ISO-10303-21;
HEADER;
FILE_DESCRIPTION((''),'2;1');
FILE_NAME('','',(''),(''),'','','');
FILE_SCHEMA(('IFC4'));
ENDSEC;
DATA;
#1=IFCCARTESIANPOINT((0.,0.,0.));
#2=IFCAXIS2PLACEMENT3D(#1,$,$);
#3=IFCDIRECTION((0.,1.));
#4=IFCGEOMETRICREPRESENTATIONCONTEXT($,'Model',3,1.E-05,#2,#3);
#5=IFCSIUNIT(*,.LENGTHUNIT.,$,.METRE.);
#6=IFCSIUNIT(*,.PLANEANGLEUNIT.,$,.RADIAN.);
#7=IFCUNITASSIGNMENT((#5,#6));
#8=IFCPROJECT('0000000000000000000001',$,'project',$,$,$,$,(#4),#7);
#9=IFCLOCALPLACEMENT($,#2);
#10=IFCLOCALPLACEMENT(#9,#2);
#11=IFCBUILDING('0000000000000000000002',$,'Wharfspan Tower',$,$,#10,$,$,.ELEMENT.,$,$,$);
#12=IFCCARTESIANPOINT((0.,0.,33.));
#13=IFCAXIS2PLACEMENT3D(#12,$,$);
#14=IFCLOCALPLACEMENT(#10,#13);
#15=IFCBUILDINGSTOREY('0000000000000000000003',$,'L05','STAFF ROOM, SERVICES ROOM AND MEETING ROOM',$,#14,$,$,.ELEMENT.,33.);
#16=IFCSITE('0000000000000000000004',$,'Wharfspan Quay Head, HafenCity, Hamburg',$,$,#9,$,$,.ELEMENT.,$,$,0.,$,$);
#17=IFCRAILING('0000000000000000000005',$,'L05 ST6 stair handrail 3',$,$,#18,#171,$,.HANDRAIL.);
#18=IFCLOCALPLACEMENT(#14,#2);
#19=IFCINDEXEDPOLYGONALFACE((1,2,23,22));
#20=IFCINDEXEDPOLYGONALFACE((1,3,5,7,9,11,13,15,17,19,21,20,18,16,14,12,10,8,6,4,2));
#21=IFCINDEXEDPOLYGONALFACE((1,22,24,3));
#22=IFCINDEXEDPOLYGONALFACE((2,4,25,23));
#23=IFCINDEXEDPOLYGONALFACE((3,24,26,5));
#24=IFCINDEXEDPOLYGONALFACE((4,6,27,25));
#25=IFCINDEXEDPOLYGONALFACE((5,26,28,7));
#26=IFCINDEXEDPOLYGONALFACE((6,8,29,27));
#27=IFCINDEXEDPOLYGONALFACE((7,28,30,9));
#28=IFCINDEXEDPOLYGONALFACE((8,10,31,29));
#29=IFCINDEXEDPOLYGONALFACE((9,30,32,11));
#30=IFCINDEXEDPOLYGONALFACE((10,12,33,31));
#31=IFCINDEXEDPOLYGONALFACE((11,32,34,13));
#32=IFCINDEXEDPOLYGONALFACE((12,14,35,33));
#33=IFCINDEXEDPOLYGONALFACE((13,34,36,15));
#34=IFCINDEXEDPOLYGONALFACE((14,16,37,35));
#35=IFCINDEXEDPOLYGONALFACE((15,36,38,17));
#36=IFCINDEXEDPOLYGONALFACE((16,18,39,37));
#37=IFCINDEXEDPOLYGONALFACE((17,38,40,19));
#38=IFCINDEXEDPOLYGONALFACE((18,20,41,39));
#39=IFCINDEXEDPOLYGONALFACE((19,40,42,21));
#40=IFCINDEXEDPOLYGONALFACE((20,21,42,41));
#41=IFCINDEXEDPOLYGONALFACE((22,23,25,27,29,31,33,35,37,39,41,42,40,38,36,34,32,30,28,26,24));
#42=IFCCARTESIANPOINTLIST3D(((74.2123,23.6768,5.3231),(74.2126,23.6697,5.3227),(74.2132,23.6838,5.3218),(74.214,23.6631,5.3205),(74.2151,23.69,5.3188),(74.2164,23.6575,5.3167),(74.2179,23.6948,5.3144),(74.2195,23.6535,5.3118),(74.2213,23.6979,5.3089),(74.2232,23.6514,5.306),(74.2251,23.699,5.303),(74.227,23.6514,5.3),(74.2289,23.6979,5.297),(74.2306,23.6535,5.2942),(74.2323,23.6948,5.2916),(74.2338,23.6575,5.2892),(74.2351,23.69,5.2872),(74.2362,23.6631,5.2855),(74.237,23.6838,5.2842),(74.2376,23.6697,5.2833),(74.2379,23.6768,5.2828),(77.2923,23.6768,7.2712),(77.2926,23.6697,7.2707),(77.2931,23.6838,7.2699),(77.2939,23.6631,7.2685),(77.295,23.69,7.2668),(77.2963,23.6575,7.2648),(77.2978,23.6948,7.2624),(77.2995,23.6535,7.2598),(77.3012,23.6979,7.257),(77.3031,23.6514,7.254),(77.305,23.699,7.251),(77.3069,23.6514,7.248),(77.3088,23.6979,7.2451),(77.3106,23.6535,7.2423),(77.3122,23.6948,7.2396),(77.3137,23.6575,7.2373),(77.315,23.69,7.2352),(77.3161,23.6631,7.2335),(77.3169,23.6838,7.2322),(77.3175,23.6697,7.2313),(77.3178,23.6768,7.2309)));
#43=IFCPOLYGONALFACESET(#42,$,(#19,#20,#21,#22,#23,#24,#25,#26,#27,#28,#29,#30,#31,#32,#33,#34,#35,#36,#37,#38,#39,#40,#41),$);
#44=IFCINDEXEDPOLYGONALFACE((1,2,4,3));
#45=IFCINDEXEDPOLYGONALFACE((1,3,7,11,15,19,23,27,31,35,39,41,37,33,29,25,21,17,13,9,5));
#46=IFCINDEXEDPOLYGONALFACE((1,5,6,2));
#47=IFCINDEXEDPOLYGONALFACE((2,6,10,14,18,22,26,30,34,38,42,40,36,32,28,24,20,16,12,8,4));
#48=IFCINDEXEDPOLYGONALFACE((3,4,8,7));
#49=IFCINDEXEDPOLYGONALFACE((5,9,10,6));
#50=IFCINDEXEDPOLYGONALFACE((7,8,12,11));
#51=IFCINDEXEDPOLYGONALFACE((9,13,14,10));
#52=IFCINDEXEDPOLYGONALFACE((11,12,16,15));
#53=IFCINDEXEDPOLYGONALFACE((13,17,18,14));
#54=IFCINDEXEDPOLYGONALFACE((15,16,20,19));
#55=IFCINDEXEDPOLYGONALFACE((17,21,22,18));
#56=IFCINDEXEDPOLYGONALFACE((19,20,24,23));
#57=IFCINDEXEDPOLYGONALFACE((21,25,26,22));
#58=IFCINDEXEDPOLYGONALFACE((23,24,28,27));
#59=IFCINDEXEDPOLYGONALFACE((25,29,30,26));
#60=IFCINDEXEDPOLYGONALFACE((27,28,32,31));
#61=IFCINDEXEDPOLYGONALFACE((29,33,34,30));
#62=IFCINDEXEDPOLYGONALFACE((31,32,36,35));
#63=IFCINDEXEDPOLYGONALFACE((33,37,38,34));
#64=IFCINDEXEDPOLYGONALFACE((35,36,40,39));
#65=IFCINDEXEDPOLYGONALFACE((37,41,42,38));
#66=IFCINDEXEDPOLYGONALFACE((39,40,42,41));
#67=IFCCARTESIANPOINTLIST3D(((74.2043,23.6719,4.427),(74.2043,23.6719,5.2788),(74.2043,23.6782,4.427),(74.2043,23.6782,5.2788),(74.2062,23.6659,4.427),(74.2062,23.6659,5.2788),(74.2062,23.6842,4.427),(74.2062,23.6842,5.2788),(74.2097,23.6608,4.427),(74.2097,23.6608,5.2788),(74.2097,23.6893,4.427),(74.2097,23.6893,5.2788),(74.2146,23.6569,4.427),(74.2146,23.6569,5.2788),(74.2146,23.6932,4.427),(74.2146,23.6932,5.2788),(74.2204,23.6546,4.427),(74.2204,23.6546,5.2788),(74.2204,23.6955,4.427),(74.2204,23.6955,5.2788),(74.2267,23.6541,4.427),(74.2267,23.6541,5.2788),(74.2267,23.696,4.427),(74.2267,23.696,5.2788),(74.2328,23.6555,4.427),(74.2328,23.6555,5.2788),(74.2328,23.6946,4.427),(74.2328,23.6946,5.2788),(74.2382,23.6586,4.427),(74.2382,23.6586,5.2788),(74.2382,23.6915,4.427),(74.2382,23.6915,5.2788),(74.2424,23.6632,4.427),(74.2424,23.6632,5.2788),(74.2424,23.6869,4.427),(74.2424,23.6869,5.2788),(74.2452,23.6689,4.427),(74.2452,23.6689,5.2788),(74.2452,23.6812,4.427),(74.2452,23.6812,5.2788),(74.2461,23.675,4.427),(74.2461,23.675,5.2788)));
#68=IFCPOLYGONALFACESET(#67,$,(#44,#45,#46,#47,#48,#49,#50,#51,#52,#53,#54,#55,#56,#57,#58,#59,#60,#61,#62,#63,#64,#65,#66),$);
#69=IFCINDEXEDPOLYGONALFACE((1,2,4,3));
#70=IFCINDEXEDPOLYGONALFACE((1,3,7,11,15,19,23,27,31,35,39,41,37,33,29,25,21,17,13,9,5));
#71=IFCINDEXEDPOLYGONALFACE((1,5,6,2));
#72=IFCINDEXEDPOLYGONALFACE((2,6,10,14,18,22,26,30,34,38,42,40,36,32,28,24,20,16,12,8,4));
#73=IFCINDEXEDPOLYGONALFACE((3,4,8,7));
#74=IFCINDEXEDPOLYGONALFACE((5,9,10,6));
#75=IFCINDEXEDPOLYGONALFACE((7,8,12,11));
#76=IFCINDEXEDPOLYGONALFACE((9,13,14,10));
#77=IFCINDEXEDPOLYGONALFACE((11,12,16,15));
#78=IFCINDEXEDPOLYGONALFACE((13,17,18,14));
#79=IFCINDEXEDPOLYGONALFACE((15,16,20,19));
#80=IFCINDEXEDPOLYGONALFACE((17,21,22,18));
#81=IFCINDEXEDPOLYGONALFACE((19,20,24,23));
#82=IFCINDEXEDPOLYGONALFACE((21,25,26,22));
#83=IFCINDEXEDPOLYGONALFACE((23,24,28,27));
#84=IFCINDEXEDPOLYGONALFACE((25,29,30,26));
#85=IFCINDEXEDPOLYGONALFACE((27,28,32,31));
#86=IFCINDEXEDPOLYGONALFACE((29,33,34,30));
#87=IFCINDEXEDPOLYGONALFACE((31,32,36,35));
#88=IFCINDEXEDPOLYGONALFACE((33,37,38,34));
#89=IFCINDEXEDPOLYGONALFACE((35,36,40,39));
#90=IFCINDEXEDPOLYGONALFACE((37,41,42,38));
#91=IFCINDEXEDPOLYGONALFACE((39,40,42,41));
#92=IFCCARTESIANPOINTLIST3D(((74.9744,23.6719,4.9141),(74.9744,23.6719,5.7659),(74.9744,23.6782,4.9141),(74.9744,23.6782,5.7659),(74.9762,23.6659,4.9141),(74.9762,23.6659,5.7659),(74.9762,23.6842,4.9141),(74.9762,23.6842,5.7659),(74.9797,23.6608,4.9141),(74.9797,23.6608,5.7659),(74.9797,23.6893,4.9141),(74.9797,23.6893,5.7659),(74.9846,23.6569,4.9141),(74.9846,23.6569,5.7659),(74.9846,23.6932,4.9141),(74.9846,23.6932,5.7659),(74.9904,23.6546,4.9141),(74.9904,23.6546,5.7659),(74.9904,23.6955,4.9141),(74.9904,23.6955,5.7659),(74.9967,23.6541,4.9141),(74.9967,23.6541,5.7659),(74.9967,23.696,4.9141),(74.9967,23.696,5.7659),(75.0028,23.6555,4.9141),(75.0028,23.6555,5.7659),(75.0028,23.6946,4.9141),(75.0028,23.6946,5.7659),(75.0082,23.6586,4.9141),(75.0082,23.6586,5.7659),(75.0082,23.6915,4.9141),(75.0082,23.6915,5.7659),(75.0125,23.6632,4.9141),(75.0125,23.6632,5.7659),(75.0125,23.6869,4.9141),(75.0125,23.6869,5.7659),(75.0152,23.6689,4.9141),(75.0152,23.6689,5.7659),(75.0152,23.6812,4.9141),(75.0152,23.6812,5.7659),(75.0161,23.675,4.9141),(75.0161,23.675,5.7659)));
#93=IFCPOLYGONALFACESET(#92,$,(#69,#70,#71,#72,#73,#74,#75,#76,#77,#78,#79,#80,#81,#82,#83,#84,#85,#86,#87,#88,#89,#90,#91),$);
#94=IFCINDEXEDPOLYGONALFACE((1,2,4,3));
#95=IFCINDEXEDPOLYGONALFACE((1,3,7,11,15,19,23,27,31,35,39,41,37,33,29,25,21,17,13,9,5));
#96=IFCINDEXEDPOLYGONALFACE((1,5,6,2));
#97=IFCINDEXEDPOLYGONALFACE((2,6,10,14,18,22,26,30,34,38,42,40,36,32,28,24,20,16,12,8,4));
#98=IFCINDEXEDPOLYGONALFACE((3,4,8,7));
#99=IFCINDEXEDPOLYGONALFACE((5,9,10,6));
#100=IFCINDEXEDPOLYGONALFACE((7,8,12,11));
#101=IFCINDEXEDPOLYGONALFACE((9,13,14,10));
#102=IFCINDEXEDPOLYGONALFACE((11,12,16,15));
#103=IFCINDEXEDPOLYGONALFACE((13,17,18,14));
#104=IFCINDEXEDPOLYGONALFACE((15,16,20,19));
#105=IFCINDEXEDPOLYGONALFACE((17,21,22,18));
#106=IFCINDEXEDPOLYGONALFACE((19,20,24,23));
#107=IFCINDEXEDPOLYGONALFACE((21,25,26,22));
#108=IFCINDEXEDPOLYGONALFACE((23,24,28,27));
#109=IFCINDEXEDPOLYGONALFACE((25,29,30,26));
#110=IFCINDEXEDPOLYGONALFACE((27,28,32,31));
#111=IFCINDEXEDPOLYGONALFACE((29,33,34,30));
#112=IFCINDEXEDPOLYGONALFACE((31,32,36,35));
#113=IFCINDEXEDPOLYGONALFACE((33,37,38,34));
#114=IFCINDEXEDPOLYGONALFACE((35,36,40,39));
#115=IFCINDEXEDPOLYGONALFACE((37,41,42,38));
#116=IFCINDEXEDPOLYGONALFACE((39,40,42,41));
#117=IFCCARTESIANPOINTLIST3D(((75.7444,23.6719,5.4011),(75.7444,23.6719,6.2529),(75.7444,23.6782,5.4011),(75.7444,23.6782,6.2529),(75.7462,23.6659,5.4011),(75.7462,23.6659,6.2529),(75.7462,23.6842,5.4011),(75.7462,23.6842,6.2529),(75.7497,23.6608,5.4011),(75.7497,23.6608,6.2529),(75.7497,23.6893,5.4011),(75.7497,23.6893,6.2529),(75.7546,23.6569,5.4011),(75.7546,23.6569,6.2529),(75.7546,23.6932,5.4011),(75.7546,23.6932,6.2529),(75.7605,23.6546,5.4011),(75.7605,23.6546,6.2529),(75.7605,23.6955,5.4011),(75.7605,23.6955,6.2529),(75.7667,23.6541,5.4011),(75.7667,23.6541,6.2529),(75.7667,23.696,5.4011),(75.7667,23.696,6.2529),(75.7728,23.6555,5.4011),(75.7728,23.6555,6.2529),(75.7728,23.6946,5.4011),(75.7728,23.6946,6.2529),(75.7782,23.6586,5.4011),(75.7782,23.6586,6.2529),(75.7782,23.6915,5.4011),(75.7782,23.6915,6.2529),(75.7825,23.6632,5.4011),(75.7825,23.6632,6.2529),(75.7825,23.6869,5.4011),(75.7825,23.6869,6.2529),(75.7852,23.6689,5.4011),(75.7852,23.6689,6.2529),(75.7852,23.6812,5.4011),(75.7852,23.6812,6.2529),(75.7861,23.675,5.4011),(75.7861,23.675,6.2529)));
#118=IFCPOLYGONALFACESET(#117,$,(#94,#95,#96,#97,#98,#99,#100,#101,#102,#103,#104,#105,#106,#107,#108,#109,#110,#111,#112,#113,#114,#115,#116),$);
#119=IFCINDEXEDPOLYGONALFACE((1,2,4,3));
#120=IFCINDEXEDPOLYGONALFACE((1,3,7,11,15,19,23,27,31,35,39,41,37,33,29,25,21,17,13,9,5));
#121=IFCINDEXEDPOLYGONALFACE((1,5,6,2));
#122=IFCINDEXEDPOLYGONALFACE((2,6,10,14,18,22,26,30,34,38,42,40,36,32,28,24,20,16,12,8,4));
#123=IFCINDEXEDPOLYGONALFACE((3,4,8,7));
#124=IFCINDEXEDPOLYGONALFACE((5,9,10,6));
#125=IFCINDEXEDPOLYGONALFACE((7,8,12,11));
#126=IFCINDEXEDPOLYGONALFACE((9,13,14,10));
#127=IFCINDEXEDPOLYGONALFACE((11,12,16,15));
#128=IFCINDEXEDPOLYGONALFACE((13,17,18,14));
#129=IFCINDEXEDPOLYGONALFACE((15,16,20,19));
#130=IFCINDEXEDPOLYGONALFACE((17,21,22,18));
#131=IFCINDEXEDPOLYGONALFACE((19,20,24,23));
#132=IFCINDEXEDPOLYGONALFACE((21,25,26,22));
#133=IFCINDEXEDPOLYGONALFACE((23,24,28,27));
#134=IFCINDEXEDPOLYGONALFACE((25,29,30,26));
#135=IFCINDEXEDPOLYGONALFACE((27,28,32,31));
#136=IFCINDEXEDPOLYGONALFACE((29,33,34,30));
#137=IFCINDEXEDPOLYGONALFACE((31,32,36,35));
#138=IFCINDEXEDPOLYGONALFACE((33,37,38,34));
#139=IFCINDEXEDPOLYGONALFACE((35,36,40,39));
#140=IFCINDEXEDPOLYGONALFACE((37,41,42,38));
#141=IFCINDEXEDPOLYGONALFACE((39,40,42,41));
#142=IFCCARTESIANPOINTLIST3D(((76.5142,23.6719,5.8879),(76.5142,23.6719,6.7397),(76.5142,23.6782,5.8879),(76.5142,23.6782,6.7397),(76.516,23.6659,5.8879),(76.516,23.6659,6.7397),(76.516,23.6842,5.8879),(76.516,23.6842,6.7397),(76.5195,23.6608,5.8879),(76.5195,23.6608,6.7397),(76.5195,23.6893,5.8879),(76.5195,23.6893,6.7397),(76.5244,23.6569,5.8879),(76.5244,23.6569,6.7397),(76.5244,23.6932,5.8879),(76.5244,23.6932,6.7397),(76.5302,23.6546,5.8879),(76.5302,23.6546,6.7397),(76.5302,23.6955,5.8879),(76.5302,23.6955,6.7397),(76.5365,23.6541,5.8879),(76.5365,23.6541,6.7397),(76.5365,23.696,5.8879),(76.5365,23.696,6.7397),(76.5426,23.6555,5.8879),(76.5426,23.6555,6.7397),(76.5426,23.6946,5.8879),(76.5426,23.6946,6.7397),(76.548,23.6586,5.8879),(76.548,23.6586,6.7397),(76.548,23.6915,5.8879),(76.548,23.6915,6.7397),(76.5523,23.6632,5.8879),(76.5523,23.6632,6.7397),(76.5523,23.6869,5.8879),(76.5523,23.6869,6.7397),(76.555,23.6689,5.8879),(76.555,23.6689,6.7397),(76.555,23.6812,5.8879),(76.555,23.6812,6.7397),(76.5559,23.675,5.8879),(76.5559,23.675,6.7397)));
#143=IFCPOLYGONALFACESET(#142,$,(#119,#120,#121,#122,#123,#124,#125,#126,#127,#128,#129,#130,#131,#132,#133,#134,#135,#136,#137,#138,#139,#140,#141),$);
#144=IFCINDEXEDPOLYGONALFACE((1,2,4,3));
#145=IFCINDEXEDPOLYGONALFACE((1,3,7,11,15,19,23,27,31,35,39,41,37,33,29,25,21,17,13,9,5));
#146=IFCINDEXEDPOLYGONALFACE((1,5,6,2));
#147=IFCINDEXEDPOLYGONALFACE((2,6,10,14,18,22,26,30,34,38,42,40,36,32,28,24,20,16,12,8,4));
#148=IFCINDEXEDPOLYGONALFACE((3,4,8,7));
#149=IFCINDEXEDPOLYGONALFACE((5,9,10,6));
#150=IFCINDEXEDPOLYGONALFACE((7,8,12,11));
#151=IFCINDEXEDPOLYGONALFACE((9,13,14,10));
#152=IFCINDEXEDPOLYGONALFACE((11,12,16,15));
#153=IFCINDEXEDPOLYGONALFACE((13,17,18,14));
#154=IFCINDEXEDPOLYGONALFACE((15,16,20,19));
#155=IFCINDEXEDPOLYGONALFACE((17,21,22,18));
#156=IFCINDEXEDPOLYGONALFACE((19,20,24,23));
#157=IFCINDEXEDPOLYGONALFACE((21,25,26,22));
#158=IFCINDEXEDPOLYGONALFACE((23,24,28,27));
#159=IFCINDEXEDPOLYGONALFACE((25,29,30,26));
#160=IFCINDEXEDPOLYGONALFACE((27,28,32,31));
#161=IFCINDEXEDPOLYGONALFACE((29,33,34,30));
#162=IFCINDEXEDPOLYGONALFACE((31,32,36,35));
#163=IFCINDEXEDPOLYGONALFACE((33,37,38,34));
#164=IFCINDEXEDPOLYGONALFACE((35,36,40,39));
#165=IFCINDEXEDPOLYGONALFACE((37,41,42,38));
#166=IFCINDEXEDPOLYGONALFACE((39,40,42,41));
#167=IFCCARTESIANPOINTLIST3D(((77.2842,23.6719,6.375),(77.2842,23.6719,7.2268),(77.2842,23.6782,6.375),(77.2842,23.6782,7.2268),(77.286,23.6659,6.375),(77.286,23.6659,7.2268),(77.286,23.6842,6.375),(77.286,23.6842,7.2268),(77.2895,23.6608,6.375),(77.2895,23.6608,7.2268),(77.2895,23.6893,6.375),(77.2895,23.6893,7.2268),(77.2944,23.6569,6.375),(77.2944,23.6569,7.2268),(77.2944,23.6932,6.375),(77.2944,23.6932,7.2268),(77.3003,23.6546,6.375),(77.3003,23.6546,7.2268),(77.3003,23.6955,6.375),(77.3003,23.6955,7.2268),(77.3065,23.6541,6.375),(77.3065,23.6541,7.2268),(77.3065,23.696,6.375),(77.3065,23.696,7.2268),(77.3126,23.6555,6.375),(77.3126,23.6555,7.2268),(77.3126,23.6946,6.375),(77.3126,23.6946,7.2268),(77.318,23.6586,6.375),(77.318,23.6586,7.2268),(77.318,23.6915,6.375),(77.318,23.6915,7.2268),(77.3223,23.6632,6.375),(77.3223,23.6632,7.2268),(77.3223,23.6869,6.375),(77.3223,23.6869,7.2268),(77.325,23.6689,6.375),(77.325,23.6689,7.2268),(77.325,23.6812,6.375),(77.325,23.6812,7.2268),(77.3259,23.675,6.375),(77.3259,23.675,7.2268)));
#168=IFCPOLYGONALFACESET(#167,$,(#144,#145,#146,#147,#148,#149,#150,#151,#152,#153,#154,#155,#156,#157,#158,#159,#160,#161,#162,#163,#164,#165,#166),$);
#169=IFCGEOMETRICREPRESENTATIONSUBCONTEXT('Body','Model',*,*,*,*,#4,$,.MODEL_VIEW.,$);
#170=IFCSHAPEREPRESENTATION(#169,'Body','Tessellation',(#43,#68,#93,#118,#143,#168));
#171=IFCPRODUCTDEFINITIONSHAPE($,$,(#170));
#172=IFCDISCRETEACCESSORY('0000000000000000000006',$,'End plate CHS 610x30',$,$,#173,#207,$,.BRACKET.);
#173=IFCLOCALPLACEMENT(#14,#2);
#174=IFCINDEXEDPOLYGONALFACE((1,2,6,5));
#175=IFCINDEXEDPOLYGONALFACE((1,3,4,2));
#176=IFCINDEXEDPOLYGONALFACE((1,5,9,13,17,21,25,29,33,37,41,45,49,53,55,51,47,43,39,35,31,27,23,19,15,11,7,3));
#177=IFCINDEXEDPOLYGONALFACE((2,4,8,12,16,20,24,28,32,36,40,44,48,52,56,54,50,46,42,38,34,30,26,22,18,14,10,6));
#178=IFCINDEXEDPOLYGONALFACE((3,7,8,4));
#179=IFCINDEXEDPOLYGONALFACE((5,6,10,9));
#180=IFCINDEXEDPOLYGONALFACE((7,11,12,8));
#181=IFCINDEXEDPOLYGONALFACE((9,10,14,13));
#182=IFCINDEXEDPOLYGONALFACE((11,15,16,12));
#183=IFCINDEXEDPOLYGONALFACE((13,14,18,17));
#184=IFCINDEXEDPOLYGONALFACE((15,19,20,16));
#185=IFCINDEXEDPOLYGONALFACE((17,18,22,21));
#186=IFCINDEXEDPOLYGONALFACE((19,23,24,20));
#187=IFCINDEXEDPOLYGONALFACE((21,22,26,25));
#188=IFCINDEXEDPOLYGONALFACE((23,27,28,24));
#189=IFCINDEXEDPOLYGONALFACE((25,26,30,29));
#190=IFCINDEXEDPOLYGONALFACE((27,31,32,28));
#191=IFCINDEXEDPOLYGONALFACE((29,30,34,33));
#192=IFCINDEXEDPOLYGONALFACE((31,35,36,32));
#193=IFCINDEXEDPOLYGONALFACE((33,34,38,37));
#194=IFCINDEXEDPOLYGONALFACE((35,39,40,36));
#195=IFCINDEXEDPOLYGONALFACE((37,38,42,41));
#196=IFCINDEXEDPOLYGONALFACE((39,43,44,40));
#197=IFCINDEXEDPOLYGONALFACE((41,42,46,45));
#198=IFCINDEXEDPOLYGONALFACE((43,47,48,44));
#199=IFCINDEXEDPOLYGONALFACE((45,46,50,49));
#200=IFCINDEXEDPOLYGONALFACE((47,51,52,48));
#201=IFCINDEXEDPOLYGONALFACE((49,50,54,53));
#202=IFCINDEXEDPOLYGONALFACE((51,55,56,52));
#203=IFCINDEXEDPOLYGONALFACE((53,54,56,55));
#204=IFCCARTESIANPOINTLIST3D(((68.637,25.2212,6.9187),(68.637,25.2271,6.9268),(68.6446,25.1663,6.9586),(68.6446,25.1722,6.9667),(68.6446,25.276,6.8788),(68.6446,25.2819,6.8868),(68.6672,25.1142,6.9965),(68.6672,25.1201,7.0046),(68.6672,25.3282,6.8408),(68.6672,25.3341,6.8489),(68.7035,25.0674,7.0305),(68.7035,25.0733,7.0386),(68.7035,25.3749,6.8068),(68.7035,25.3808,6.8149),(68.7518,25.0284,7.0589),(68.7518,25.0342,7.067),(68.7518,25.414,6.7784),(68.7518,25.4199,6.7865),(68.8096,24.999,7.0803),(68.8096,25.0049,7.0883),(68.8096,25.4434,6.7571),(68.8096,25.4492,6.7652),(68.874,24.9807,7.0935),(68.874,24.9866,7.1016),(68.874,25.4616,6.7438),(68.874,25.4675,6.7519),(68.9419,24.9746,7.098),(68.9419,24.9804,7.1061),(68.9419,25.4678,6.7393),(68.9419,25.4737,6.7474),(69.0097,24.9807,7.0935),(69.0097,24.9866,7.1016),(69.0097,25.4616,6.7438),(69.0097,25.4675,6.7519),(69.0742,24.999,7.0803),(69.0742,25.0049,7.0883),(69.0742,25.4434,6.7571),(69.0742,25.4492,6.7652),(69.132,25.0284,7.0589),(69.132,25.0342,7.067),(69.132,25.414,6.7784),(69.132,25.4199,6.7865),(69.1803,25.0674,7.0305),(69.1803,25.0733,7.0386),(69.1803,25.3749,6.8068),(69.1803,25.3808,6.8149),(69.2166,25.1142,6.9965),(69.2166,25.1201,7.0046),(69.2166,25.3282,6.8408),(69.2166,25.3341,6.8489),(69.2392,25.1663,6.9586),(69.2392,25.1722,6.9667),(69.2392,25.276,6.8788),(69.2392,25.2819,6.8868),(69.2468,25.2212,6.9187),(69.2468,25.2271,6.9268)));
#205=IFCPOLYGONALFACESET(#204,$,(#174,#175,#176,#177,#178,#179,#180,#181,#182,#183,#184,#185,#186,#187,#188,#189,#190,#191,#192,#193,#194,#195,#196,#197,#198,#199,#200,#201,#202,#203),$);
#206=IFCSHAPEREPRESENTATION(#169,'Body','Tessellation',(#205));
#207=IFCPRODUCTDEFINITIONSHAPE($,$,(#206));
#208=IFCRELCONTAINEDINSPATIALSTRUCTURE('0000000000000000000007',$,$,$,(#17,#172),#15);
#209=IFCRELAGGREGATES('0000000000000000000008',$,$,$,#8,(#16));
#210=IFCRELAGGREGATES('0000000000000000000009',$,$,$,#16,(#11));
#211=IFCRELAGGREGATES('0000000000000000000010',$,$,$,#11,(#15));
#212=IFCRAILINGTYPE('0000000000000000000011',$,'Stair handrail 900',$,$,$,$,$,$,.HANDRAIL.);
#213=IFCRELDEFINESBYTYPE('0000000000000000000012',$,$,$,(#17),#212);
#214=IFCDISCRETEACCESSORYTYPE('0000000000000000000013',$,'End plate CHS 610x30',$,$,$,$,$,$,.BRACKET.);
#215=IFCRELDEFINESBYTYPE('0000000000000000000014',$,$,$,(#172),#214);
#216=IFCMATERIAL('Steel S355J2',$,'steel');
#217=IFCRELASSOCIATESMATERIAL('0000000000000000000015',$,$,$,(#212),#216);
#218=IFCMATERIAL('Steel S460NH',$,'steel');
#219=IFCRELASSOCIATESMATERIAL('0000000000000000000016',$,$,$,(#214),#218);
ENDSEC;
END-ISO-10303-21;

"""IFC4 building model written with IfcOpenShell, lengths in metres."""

from ifc_helpers import new_model, si_unit, direction, frame, origin, origin_2d, place, context, subcontext, project, spatial, circle, extrude, material, material_profile, profile_set, type_object, element, save


model = new_model("IFC4")

# Units and contexts
model_context = context("Model", 3, precision=1e-05, world=origin(), true_north=direction((0.0, 1.0)))
body_context = subcontext(model_context, "Body", "Model", "MODEL_VIEW")
ifc_project = project(units=[si_unit("LENGTHUNIT", "METRE"), si_unit("PLANEANGLEUNIT", "RADIAN")], contexts=[model_context])

# Site, building, storey
site_placement = place(None, origin())
site = spatial("IfcSite", under=ifc_project, at=site_placement, Name="Wharfspan Quay Head, HafenCity, Hamburg", CompositionType="ELEMENT", RefElevation=0.0)
building_placement = place(site_placement, origin())
building = spatial("IfcBuilding", under=site, at=building_placement, Name="Wharfspan Tower", CompositionType="ELEMENT")
storey_placement = place(building_placement, frame((0.0, 0.0, 33.0)))
storey = spatial("IfcBuildingStorey", under=building, at=storey_placement, Name="L05", Description="STAFF ROOM, SERVICES ROOM AND MEETING ROOM", CompositionType="ELEMENT", Elevation=33.0)

# Shared definitions
ifc_material_1 = material(Name="Steel S460NH", Category="steel")

# Railing
ifc_material_2 = material(Name="Steel S355J2", Category="steel")
railing_type_1 = type_object("IfcRailingType", Name="Stair handrail 900", PredefinedType="HANDRAIL", material=ifc_material_2)
for number, where, name in (
    (1, (74.2251, 23.675, 4.427), "L05 ST6 stair handrail 3"),
):
    element("IfcRailing", number, at=place(storey_placement, frame(where)), inside=storey, type_object=railing_type_1, Name=name, PredefinedType="HANDRAIL", context=body_context, shape_type="SweptSolid", body=[
        extrude(circle(Radius=0.0239, at=origin_2d()), frame((0.0, 0.0, 0.876), z_axis=(0.845137, 0.0, 0.53455), x_axis=(0.0, 1.0, 0.0)), (0.0, 0.0, 1.0), 3.6443),
        extrude(circle(Radius=0.021, at=origin_2d()), origin(), (0.0, 0.0, 1.0), 0.8518),
        extrude(circle(Radius=0.021, at=origin_2d()), frame((0.77, 0.0, 0.4871)), (0.0, 0.0, 1.0), 0.8518),
        extrude(circle(Radius=0.021, at=origin_2d()), frame((1.54, 0.0, 0.9741)), (0.0, 0.0, 1.0), 0.8518),
        extrude(circle(Radius=0.021, at=origin_2d()), frame((2.3098, 0.0, 1.4609)), (0.0, 0.0, 1.0), 0.8518),
        extrude(circle(Radius=0.021, at=origin_2d()), frame((3.0798, 0.0, 1.948)), (0.0, 0.0, 1.0), 0.8518),
    ])

# Discrete accessory
ifc_material_profile_1 = material_profile(ifc_material_1, circle(Radius=0.3049, at=origin_2d()))
ifc_profile_set_1 = profile_set([ifc_material_profile_1], Name="Steel S460NH")
discrete_accessory_type_1 = type_object("IfcDiscreteAccessoryType", Name="End plate CHS 610x30", PredefinedType="BRACKET", material=ifc_profile_set_1)
for number, where, z_axis, x_axis, name in (
    (2, (68.9419, 25.2271, 6.9268), (0.0, -0.588172, -0.808736), (1.0, 0.0, 0.0), "End plate CHS 610x30"),
):
    element("IfcDiscreteAccessory", number, at=place(storey_placement, frame(where, z_axis=z_axis, x_axis=x_axis)), inside=storey, type_object=discrete_accessory_type_1, Name=name, PredefinedType="BRACKET", context=body_context, shape_type="SweptSolid", body=[
        extrude(circle(Radius=0.3049, at=origin_2d()), origin(), (0.0, 0.0, 1.0), 0.01),
    ])

save(model, "model.ifc")
